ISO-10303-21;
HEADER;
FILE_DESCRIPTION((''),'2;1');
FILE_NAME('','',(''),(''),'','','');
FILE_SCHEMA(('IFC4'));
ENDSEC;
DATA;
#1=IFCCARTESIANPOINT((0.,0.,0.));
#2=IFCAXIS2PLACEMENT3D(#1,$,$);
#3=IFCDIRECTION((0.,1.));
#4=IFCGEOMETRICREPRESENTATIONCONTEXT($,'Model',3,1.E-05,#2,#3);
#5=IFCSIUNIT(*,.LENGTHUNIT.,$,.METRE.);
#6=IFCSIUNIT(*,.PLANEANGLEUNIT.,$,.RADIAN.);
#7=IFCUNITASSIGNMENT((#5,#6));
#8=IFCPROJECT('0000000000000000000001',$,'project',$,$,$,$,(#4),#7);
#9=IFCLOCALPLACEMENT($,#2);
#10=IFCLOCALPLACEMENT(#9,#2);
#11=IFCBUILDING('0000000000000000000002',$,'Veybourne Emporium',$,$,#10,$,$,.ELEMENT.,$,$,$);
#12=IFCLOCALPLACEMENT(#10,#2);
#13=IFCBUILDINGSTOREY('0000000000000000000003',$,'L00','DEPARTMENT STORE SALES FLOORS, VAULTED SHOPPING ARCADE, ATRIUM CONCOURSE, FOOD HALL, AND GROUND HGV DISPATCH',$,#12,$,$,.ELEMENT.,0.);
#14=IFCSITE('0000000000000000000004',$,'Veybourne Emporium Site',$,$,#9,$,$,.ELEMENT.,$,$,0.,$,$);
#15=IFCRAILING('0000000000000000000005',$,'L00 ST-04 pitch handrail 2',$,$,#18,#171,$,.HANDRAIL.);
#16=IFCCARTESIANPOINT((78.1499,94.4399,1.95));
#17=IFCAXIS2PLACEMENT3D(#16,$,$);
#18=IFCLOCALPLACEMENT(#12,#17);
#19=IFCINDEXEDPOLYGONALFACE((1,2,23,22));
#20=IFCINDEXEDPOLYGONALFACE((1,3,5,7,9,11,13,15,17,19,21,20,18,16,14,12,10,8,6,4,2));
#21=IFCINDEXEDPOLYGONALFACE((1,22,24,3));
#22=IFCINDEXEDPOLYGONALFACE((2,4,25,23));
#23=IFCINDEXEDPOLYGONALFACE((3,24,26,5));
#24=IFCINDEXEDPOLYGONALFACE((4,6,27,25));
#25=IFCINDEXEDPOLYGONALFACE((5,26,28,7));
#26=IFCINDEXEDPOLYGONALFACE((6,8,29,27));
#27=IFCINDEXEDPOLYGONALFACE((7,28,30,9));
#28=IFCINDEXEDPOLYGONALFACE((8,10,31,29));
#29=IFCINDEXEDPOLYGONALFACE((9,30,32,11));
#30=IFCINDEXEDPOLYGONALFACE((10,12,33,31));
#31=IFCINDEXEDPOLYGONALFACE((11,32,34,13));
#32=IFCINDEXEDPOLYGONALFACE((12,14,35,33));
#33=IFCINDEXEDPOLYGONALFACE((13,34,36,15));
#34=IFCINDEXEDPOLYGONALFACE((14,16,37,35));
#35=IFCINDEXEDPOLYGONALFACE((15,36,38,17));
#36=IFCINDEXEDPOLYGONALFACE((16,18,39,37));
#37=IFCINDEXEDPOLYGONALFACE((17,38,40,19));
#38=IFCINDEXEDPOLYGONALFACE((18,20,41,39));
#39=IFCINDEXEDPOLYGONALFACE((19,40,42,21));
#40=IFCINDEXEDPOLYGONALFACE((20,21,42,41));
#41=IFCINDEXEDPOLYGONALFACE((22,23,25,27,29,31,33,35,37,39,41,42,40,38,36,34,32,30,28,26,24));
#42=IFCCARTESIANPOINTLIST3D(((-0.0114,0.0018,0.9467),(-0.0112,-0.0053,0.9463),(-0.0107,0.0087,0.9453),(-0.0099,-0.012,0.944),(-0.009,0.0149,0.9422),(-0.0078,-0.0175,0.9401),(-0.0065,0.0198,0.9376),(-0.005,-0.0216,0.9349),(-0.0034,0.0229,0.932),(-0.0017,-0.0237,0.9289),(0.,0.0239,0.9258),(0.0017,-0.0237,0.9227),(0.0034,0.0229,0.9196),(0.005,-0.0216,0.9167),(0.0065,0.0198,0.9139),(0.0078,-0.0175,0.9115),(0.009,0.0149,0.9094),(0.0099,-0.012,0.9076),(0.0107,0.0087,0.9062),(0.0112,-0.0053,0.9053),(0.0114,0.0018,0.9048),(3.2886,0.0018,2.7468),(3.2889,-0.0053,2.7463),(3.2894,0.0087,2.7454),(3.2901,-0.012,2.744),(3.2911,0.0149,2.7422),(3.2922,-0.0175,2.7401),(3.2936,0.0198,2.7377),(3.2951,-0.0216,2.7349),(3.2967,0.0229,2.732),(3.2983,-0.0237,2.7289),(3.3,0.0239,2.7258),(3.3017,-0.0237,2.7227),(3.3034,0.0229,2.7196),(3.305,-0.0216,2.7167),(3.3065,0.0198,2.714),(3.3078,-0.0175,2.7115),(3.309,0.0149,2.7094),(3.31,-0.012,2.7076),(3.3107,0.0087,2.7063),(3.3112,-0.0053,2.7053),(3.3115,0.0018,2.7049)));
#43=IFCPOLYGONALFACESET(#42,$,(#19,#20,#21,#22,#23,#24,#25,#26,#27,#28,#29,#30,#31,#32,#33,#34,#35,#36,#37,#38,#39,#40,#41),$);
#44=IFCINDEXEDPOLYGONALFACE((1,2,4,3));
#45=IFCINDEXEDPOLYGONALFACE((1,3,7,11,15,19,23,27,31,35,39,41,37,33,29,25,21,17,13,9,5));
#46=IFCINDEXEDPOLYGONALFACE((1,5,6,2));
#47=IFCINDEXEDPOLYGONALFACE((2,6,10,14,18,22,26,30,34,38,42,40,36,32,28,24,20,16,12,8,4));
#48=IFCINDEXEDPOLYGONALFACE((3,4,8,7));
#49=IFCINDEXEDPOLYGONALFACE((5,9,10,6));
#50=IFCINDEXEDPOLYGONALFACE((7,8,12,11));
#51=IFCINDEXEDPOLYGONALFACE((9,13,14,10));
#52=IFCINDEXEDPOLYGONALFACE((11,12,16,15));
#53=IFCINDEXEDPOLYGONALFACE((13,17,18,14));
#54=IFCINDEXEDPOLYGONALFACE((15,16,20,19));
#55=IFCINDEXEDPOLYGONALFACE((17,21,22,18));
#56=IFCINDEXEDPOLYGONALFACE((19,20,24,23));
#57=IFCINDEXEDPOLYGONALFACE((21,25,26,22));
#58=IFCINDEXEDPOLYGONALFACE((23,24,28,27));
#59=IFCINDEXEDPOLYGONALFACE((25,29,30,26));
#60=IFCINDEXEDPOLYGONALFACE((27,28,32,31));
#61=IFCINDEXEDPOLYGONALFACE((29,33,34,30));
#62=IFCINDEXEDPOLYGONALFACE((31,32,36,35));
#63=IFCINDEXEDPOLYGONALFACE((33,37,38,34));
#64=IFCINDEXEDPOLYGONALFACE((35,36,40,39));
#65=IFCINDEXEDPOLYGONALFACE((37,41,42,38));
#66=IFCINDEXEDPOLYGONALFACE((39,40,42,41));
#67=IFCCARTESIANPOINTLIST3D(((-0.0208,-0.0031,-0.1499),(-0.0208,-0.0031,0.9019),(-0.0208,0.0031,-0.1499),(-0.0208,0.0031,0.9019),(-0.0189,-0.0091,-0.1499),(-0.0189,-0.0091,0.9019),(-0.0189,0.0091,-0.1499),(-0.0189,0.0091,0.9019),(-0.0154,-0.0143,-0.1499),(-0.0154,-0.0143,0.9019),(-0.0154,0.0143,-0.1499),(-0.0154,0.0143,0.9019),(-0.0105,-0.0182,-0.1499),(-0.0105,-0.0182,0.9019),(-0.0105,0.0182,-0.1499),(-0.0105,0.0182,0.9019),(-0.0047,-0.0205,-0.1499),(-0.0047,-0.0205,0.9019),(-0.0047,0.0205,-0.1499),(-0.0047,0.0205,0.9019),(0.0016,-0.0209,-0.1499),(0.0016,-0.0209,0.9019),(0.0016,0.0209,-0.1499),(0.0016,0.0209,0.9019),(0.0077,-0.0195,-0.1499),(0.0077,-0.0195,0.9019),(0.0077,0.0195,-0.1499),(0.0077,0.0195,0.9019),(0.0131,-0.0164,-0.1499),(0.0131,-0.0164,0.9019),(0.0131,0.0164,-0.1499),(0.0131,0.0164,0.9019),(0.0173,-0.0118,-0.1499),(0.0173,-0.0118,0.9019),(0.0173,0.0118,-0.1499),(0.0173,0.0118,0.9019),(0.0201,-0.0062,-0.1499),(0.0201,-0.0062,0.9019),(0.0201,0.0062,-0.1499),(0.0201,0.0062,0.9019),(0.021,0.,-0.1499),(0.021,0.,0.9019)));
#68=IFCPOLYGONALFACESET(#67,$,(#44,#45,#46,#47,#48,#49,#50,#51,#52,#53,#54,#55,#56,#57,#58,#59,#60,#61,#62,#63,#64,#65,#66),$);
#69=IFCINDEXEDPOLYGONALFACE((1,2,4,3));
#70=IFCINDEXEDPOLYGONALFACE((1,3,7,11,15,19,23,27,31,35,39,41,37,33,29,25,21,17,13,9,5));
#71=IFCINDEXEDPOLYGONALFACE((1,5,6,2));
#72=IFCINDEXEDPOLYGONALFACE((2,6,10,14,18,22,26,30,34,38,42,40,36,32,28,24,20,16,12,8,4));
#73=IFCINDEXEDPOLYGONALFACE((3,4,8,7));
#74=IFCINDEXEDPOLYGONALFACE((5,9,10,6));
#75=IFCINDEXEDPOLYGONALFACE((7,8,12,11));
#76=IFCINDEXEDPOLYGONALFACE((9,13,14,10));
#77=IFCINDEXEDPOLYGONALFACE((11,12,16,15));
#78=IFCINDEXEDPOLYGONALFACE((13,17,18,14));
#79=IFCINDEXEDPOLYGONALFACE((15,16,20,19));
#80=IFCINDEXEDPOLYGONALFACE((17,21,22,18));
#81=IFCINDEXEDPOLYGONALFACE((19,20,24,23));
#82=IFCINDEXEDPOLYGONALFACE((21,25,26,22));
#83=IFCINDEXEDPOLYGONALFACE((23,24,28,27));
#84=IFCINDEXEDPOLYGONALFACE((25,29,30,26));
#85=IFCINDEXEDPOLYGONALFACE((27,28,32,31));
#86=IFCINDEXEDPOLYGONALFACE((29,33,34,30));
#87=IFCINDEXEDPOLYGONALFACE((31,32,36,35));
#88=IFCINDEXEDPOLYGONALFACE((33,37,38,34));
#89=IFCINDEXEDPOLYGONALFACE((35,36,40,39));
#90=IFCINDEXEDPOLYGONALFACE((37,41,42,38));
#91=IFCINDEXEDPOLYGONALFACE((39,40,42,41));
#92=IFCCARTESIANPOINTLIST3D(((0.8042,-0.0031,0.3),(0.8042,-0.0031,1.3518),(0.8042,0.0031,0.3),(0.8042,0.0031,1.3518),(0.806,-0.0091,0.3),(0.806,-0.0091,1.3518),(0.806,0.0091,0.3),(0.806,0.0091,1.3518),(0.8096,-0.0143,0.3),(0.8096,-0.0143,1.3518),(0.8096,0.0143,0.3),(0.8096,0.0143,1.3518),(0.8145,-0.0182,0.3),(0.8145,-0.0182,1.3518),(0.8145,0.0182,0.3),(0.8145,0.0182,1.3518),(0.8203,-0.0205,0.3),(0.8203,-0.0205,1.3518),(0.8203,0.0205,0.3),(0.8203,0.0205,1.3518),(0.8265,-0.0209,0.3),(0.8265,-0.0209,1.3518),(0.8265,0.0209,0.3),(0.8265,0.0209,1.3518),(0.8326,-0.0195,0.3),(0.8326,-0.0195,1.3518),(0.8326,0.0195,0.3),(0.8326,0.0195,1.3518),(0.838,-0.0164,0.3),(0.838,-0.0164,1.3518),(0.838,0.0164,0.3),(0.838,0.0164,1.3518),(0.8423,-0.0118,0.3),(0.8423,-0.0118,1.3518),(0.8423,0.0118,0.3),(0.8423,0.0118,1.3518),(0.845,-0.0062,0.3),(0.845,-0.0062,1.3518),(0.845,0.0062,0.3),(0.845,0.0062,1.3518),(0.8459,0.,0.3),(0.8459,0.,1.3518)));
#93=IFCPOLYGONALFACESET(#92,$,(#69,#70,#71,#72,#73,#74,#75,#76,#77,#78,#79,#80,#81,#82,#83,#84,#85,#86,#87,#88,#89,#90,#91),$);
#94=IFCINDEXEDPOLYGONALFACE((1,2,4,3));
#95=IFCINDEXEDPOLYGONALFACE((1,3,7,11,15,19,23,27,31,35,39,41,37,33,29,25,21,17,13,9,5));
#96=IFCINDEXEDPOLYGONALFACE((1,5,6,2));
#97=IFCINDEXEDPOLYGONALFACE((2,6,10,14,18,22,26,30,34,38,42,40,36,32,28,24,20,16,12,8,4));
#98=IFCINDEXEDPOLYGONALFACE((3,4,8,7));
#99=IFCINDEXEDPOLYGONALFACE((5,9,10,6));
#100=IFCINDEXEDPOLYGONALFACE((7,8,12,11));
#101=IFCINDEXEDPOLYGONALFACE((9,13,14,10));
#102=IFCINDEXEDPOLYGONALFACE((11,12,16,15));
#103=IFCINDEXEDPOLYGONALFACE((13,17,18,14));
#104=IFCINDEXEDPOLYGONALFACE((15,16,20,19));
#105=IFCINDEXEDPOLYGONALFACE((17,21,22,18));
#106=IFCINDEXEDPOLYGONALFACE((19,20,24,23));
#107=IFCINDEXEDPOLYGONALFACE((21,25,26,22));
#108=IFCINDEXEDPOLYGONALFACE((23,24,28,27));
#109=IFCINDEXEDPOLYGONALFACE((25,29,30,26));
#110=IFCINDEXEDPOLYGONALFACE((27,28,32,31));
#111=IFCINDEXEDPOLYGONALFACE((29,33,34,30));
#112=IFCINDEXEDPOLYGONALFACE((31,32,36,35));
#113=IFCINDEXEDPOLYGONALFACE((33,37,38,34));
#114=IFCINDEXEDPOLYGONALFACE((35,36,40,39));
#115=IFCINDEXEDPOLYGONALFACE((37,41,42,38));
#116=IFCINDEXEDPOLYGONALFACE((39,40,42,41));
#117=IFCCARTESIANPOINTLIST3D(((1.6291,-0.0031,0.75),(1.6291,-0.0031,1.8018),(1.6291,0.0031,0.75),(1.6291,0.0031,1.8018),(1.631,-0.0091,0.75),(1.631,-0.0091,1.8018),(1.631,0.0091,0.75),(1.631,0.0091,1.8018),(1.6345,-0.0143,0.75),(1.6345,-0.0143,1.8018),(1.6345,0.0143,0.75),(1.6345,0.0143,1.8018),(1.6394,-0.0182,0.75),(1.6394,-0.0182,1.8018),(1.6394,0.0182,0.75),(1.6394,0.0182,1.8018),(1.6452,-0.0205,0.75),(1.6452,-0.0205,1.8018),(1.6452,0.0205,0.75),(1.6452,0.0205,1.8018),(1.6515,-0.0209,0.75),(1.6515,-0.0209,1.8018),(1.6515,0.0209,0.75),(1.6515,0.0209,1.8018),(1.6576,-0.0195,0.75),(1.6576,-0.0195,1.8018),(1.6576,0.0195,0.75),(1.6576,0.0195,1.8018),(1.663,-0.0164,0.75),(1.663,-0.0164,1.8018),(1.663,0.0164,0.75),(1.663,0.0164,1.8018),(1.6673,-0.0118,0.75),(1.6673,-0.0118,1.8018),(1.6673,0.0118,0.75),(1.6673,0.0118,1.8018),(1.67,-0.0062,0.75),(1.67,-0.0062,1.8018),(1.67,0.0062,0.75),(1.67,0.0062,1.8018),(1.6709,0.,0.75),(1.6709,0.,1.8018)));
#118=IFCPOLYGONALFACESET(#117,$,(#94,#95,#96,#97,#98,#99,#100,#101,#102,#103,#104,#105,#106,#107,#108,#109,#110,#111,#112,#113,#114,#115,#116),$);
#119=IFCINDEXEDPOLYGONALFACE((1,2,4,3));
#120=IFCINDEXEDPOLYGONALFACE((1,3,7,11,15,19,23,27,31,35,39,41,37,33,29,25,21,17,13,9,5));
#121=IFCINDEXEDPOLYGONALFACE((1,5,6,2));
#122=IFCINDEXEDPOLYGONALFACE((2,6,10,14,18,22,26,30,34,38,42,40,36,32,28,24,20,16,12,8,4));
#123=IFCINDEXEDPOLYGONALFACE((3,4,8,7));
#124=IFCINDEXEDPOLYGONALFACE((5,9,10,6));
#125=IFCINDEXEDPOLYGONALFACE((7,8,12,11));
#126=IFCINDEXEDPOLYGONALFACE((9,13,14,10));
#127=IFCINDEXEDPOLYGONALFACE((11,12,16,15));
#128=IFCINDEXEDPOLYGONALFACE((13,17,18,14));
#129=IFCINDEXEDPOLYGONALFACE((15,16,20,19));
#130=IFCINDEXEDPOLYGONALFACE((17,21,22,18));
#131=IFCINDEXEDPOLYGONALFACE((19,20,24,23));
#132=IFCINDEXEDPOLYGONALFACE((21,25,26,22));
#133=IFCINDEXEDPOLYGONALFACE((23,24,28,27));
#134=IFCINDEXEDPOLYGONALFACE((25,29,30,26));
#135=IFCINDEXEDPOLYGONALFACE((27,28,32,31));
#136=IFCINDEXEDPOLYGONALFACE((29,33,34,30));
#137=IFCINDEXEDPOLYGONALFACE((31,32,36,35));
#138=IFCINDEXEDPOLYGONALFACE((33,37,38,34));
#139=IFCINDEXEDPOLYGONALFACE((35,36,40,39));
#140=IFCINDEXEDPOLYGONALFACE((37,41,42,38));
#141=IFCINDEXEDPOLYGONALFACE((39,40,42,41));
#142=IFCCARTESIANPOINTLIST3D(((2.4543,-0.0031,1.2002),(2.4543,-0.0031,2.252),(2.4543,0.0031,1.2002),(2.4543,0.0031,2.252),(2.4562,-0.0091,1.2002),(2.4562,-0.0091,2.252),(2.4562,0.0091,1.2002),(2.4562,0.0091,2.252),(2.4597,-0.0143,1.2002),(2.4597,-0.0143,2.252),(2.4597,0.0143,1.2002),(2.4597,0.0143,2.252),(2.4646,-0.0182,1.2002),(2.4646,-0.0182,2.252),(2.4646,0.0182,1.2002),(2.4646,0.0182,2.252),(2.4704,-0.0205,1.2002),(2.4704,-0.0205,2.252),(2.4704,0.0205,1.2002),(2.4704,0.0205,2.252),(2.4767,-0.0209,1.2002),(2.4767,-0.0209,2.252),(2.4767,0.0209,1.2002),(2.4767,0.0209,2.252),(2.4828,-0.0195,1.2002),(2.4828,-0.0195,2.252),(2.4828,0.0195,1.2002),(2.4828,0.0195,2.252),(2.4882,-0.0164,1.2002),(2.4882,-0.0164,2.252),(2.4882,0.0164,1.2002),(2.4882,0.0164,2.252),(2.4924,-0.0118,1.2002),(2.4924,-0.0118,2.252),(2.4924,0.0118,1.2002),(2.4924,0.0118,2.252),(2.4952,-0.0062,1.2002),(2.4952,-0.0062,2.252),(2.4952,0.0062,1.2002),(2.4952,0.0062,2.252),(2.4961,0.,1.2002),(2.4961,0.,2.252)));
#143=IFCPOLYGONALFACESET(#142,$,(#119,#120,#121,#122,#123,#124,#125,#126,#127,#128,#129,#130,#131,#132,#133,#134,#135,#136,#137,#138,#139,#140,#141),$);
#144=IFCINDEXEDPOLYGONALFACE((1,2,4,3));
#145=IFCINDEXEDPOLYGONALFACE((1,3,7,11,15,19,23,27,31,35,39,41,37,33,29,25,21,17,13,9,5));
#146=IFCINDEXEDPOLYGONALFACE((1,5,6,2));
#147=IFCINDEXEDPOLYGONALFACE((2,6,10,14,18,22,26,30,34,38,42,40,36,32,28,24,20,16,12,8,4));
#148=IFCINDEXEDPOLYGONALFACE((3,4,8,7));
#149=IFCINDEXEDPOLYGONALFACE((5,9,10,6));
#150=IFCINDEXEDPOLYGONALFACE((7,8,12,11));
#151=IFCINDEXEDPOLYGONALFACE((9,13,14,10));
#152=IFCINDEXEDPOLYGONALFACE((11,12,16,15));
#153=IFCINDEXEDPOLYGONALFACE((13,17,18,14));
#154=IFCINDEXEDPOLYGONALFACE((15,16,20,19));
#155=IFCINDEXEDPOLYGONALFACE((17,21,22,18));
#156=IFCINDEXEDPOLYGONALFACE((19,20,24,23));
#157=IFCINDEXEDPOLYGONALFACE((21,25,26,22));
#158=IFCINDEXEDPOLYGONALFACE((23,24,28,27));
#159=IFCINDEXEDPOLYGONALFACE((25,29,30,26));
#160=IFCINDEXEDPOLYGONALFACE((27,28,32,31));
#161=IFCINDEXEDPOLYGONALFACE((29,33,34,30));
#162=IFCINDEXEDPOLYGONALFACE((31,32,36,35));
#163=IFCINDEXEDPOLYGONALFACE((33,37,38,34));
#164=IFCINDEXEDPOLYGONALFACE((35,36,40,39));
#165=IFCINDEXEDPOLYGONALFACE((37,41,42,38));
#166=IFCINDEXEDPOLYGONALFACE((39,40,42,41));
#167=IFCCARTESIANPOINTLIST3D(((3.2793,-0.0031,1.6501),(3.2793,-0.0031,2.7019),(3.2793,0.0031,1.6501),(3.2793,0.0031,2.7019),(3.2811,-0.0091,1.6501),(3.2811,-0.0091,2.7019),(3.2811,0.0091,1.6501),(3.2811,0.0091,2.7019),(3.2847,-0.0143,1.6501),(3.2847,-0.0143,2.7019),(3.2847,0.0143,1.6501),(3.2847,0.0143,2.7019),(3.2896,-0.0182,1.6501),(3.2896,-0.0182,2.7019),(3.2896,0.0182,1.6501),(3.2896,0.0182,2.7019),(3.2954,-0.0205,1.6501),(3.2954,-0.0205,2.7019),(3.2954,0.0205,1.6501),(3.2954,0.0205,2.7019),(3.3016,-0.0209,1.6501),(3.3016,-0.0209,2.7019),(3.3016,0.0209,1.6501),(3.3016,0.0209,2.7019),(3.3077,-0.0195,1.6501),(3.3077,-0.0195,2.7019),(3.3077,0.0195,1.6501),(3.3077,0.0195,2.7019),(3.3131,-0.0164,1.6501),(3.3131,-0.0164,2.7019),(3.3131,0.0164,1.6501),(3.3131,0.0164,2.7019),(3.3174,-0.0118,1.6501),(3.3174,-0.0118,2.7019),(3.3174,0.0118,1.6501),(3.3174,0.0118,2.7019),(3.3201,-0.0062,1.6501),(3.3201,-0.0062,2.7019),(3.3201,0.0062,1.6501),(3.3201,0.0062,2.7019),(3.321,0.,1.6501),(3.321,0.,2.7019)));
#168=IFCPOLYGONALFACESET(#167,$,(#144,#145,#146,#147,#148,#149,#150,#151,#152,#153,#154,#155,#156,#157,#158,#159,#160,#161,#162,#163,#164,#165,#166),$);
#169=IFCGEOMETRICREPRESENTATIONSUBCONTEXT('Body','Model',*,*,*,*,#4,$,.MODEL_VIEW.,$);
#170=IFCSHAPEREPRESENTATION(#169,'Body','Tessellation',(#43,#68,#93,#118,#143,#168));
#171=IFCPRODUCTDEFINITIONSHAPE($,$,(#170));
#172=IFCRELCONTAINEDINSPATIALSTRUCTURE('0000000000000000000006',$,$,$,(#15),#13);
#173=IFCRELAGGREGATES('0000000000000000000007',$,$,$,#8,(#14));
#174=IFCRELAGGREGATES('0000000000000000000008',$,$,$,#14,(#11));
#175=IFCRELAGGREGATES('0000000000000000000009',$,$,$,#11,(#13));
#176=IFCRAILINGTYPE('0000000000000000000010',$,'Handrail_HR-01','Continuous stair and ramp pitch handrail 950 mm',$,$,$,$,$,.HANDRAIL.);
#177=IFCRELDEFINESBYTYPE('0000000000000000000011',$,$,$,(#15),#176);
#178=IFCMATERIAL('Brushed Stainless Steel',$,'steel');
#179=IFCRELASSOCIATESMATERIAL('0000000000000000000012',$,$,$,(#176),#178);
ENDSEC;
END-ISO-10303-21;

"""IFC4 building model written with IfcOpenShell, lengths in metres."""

from ifc_helpers import new_model, si_unit, direction, frame, origin, origin_2d, place, context, subcontext, project, spatial, circle, extrude, material, type_object, element, save


model = new_model("IFC4")

# Units and contexts
model_context = context("Model", 3, precision=1e-05, world=origin(), true_north=direction((0.0, 1.0)))
body_context = subcontext(model_context, "Body", "Model", "MODEL_VIEW")
ifc_project = project(units=[si_unit("LENGTHUNIT", "METRE"), si_unit("PLANEANGLEUNIT", "RADIAN")], contexts=[model_context])

# Site, building, storey
site_placement = place(None, origin())
site = spatial("IfcSite", under=ifc_project, at=site_placement, Name="Veybourne Emporium Site", CompositionType="ELEMENT", RefElevation=0.0)
building_placement = place(site_placement, origin())
building = spatial("IfcBuilding", under=site, at=building_placement, Name="Veybourne Emporium", CompositionType="ELEMENT")
storey_placement = place(building_placement, origin())
storey = spatial("IfcBuildingStorey", under=building, at=storey_placement, Name="L00", Description="DEPARTMENT STORE SALES FLOORS, VAULTED SHOPPING ARCADE, ATRIUM CONCOURSE, FOOD HALL, AND GROUND HGV DISPATCH", CompositionType="ELEMENT", Elevation=0.0)

# Railing
ifc_material_1 = material(Name="Brushed Stainless Steel", Category="steel")
railing_type_1 = type_object("IfcRailingType", Name="Handrail_HR-01", Description="Continuous stair and ramp pitch handrail 950 mm", PredefinedType="HANDRAIL", material=ifc_material_1)
railing_1_placement = place(storey_placement, frame((78.1499, 94.4399, 1.95)))
element("IfcRailing", 1, at=railing_1_placement, inside=storey, type_object=railing_type_1, Name="L00 ST-04 pitch handrail 2", PredefinedType="HANDRAIL", context=body_context, shape_type="SweptSolid", body=[
    extrude(circle(Radius=0.0239, at=origin_2d()), frame((0.0, 0.0, 0.9258), z_axis=(0.877893, 0.0, 0.478857), x_axis=(0.0, 1.0, 0.0)), (0.0, 0.0, 1.0), 3.759),
    extrude(circle(Radius=0.021, at=origin_2d()), frame((0.0, 0.0, -0.1499)), (0.0, 0.0, 1.0), 1.0518),
    extrude(circle(Radius=0.021, at=origin_2d()), frame((0.825, 0.0, 0.3)), (0.0, 0.0, 1.0), 1.0518),
    extrude(circle(Radius=0.021, at=origin_2d()), frame((1.6499, 0.0, 0.75)), (0.0, 0.0, 1.0), 1.0518),
    extrude(circle(Radius=0.021, at=origin_2d()), frame((2.4751, 0.0, 1.2002)), (0.0, 0.0, 1.0), 1.0518),
    extrude(circle(Radius=0.021, at=origin_2d()), frame((3.3, 0.0, 1.6501)), (0.0, 0.0, 1.0), 1.0518),
])

save(model, "model.ifc")
